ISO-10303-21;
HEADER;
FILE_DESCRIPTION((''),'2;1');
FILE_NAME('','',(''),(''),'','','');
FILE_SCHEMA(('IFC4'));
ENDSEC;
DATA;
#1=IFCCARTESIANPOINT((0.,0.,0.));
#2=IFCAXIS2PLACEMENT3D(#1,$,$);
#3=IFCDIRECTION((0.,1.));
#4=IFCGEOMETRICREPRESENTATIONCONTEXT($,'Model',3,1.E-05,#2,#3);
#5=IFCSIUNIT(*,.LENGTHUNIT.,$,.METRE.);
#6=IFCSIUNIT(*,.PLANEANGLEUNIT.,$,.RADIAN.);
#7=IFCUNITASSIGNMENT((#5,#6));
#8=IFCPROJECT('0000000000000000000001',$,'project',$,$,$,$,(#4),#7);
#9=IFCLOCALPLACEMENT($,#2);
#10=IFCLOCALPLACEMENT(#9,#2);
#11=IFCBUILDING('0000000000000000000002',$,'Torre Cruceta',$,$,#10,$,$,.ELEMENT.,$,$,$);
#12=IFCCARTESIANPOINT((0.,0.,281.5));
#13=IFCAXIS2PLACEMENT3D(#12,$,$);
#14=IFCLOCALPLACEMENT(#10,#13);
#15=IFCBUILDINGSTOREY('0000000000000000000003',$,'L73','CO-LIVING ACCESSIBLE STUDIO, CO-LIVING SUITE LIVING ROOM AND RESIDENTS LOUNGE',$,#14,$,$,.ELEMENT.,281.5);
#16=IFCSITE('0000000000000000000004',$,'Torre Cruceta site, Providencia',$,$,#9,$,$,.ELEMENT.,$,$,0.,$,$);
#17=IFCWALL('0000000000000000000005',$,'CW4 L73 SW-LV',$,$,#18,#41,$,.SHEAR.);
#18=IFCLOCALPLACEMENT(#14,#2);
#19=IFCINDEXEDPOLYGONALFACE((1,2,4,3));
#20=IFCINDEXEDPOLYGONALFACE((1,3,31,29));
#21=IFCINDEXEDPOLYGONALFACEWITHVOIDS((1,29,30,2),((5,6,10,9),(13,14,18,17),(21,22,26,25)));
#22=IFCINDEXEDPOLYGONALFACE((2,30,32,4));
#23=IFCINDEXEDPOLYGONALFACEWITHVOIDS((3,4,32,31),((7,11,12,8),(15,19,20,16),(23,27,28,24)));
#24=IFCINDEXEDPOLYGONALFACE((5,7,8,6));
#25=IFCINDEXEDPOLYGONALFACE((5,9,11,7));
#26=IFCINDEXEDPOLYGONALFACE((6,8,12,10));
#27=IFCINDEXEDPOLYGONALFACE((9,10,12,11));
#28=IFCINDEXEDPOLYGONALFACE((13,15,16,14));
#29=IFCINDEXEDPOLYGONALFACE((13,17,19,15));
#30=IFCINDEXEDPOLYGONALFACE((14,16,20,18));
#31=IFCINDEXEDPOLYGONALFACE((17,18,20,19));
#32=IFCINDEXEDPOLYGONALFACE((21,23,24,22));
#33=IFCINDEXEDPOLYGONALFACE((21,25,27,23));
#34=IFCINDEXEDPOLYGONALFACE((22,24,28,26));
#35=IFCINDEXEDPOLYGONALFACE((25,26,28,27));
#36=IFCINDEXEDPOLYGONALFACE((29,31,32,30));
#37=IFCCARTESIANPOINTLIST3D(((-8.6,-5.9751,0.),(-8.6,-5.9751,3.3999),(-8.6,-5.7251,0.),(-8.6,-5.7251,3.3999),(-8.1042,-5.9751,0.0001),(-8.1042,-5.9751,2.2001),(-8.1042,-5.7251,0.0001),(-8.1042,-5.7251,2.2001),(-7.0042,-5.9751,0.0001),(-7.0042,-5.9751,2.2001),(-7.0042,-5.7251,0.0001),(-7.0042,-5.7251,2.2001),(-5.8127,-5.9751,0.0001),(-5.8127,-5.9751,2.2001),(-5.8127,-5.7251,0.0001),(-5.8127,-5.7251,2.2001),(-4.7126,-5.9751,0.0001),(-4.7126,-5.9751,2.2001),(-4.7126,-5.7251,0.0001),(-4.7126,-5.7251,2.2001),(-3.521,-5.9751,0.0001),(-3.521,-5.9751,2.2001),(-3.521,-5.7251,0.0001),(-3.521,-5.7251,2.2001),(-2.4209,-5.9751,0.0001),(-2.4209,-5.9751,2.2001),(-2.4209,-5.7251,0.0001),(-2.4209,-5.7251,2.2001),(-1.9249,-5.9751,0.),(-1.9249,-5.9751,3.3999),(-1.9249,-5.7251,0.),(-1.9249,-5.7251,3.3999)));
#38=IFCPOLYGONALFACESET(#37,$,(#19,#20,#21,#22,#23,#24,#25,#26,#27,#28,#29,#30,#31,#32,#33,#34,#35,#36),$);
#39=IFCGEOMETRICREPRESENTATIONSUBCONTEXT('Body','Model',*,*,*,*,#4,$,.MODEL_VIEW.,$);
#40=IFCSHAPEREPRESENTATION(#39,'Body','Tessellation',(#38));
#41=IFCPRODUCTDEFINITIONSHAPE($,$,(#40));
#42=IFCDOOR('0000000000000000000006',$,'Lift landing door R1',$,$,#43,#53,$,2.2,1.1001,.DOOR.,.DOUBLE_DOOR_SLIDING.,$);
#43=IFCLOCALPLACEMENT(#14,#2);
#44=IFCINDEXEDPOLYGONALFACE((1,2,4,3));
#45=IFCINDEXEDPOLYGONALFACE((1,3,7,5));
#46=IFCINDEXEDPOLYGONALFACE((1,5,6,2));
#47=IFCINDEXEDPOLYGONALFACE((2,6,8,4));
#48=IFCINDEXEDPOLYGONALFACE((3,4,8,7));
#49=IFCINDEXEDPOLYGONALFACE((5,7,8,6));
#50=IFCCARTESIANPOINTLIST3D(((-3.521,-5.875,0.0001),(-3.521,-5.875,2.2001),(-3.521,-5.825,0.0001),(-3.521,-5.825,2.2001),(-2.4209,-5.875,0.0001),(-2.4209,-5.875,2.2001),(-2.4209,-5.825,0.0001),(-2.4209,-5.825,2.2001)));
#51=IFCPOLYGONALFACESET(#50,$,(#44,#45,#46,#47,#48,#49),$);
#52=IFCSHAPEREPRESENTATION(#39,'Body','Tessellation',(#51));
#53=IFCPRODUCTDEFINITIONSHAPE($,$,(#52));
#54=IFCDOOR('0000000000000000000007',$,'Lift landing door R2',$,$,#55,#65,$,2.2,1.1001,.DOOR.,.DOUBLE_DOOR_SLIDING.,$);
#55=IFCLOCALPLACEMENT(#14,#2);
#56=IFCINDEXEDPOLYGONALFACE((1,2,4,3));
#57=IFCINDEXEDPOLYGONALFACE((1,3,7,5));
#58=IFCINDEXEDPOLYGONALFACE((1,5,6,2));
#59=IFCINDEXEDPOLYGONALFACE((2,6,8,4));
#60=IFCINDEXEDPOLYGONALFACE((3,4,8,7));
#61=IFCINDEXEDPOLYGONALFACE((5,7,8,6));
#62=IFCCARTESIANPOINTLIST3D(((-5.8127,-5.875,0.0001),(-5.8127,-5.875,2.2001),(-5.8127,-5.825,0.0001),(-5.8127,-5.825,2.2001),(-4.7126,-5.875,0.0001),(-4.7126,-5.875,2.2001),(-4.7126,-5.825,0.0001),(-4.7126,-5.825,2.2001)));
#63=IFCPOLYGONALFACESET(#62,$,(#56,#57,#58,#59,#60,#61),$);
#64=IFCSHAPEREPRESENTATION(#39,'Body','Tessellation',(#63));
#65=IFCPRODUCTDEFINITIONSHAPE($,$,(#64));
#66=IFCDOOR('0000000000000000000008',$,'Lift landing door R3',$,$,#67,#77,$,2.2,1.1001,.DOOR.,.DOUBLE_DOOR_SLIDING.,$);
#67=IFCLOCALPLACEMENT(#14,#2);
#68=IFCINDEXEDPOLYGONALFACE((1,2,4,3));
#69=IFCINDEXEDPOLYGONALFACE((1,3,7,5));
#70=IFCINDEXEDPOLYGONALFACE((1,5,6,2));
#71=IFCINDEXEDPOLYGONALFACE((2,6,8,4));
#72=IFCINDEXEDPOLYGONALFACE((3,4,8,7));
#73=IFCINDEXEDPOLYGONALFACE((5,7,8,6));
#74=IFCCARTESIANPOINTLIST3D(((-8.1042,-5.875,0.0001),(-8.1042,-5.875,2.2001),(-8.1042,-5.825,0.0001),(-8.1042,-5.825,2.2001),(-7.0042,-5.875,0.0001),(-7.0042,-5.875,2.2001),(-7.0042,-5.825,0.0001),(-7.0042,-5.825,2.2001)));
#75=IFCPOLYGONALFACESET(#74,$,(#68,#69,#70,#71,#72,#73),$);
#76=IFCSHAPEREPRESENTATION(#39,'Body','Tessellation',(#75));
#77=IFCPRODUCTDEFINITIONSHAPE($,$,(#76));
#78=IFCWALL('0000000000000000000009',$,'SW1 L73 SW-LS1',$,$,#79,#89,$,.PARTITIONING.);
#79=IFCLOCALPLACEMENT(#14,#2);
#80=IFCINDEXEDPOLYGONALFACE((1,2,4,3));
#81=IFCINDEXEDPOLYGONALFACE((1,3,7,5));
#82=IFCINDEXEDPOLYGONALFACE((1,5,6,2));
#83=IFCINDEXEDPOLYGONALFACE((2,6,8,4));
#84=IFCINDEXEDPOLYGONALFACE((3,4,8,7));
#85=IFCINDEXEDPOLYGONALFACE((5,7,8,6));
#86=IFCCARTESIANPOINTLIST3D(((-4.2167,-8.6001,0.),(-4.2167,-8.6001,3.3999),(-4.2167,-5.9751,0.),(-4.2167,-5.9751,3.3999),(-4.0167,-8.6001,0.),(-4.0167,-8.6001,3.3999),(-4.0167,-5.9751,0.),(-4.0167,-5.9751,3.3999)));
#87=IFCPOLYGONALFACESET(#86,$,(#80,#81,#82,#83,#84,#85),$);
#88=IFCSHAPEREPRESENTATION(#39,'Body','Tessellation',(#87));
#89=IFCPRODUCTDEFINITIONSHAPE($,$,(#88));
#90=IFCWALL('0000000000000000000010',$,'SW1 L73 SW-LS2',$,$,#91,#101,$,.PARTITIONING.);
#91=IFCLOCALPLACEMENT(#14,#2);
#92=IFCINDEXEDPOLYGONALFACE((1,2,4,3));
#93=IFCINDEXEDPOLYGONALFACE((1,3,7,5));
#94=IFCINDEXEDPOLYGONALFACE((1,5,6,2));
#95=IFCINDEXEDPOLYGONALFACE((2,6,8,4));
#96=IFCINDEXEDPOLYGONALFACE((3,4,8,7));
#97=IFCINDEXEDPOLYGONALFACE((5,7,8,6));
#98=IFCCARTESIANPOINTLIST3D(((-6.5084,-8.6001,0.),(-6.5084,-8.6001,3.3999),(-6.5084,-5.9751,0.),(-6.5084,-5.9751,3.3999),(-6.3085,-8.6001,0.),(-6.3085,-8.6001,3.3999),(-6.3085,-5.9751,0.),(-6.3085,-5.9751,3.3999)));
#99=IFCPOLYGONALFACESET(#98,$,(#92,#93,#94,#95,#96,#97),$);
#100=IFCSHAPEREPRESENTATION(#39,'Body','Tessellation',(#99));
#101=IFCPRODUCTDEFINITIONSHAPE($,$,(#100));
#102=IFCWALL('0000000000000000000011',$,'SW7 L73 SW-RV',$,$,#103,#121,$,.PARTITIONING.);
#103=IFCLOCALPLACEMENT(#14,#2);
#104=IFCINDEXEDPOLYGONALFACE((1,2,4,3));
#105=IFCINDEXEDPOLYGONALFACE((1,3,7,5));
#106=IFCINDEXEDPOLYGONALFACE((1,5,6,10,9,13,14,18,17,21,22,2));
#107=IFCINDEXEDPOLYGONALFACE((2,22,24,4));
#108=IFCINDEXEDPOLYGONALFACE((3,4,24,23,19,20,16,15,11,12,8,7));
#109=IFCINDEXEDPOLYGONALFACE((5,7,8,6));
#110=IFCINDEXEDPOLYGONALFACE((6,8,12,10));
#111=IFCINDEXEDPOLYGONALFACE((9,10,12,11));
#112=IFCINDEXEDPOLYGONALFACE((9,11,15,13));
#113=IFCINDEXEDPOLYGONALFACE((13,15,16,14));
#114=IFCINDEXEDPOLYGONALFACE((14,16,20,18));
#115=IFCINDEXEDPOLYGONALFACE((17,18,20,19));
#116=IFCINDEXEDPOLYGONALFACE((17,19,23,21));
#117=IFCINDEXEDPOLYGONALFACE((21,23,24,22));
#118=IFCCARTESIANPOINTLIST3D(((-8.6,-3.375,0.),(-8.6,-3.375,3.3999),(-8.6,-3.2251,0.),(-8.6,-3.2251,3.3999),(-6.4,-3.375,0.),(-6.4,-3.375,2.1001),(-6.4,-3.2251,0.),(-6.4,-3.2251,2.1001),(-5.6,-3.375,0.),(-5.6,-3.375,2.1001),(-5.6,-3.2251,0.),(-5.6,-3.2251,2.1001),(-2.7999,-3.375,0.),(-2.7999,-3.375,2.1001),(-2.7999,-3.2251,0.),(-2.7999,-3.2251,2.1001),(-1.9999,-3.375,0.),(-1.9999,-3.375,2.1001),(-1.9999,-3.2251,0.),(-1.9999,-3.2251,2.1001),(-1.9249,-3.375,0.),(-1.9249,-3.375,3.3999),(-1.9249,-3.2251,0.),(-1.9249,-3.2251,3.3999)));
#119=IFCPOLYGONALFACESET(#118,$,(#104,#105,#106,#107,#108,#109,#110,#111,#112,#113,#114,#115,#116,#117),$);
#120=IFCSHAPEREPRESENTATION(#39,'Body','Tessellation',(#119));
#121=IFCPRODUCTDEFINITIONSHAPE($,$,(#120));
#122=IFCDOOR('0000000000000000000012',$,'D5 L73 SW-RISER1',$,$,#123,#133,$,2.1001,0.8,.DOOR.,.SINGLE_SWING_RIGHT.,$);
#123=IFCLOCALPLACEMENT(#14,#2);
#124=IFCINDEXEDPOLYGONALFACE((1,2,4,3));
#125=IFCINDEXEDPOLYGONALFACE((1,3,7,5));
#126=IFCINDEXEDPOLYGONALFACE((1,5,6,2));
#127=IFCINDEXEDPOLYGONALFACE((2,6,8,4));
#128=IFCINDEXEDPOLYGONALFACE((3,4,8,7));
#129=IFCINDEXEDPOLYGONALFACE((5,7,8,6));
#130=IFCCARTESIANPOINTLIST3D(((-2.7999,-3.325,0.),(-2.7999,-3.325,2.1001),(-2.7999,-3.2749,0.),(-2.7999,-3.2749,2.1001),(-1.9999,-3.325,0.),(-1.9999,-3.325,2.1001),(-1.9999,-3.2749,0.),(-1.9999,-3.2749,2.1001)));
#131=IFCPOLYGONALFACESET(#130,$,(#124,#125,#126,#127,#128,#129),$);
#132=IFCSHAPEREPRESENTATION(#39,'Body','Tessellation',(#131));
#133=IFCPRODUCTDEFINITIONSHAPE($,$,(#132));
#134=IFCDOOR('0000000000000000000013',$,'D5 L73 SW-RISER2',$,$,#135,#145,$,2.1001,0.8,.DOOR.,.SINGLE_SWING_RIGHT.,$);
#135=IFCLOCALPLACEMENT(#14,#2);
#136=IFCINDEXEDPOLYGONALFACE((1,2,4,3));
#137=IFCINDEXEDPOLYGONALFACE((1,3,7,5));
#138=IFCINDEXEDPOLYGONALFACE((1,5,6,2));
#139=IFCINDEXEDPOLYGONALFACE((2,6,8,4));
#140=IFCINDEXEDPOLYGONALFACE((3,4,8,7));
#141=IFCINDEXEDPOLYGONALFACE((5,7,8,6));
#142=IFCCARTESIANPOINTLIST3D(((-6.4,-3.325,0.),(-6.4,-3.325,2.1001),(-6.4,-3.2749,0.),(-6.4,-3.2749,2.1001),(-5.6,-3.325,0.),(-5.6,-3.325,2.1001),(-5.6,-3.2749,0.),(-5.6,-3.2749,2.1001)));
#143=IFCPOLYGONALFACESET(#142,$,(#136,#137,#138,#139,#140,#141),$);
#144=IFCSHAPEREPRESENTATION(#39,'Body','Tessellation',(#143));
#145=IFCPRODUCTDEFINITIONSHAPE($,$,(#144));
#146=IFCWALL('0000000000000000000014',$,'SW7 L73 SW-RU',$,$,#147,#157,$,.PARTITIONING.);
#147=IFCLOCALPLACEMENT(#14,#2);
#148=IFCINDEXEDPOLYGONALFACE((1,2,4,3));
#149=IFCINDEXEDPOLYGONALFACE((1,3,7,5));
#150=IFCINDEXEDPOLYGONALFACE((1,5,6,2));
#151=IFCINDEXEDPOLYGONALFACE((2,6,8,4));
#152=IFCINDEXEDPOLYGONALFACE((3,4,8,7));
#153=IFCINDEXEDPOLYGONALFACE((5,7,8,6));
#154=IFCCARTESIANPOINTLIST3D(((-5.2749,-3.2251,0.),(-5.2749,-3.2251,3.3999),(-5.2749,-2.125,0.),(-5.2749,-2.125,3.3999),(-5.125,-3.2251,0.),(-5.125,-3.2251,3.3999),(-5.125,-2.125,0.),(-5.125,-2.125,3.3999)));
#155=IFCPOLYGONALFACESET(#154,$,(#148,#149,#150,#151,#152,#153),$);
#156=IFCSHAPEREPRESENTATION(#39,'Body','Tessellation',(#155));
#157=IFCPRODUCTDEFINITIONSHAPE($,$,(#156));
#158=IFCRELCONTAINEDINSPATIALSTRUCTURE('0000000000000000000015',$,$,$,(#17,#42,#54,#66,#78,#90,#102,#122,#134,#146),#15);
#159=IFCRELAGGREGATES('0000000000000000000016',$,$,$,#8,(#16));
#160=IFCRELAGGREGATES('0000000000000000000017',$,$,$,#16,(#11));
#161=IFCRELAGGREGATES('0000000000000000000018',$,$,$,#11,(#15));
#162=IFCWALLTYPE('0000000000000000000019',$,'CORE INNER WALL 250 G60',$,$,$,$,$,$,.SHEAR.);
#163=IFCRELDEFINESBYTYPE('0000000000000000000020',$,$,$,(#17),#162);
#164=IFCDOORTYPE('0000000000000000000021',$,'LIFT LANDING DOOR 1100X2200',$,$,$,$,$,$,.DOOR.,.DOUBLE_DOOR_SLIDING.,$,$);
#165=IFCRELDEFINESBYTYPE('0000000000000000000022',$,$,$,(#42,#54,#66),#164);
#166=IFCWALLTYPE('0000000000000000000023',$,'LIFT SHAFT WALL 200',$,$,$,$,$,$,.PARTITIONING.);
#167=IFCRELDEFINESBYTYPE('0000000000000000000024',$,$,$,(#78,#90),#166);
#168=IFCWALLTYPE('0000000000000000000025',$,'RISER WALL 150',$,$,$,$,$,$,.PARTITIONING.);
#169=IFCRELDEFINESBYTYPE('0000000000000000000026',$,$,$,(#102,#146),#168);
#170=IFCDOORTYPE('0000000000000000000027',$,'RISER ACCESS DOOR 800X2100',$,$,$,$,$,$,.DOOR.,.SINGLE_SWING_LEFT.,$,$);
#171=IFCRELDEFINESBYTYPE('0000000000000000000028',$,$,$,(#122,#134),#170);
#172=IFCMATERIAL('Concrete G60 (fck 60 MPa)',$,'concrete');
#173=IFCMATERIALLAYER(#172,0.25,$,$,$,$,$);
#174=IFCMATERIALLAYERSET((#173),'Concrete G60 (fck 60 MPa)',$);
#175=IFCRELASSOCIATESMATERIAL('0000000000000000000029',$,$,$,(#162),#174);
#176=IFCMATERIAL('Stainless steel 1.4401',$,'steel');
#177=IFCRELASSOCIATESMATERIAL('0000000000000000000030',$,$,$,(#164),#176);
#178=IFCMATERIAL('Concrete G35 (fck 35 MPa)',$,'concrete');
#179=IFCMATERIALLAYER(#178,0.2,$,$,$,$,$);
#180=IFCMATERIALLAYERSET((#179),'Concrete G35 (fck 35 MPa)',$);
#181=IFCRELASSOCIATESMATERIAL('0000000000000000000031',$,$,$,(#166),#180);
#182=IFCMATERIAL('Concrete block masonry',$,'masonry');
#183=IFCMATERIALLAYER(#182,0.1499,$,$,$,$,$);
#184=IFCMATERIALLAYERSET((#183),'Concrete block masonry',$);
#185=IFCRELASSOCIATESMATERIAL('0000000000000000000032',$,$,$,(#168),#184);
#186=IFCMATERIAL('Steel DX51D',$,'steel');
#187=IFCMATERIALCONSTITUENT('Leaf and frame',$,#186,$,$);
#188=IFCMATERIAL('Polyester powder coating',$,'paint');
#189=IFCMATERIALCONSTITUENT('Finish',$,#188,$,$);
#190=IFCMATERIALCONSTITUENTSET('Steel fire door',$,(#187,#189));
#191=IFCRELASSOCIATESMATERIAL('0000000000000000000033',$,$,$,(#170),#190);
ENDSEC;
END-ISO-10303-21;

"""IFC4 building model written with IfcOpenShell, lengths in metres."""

from ifc_helpers import new_model, si_unit, direction, frame, frame_2d, origin, place, context, subcontext, project, spatial, rectangle, extrude, material, layer, layer_set, constituent, constituent_set, type_object, element, fill, save


model = new_model("IFC4")

# Units and contexts
model_context = context("Model", 3, precision=1e-05, world=origin(), true_north=direction((0.0, 1.0)))
body_context = subcontext(model_context, "Body", "Model", "MODEL_VIEW")
ifc_project = project(units=[si_unit("LENGTHUNIT", "METRE"), si_unit("PLANEANGLEUNIT", "RADIAN")], contexts=[model_context])

# Site, building, storey
site_placement = place(None, origin())
site = spatial("IfcSite", under=ifc_project, at=site_placement, Name="Torre Cruceta site, Providencia", CompositionType="ELEMENT", RefElevation=0.0)
building_placement = place(site_placement, origin())
building = spatial("IfcBuilding", under=site, at=building_placement, Name="Torre Cruceta", CompositionType="ELEMENT")
storey_placement = place(building_placement, frame((0.0, 0.0, 281.5)))
storey = spatial("IfcBuildingStorey", under=building, at=storey_placement, Name="L73", Description="CO-LIVING ACCESSIBLE STUDIO, CO-LIVING SUITE LIVING ROOM AND RESIDENTS LOUNGE", CompositionType="ELEMENT", Elevation=281.5)

# Shared definitions
ifc_material_1 = material(Name="Concrete G60 (fck 60 MPa)", Category="concrete")
ifc_layer_1 = layer(ifc_material_1, 0.25)
ifc_layer_set_1 = layer_set([ifc_layer_1], Name="Concrete G60 (fck 60 MPa)")
wall_type_1 = type_object("IfcWallType", Name="CORE INNER WALL 250 G60", PredefinedType="SHEAR", material=ifc_layer_set_1)

# Wall, openings, doors
wall_1_placement = place(storey_placement, frame((-1.925, -5.8501, 0.0), z_axis=(0.0, 0.0, 1.0), x_axis=(-1.0, 0.0, 0.0)))
wall_1 = element("IfcWall", 1, at=wall_1_placement, inside=storey, type_object=wall_type_1, Name="CW4 L73 SW-LV", PredefinedType="SHEAR", context=body_context, shape_type="SweptSolid", body=[
    extrude(rectangle(XDim=6.675, YDim=0.25, at=frame_2d((3.3374, 0.0))), origin(), (0.0, 0.0, 1.0), 3.3999),
])
opening_1_placement = place(wall_1_placement, frame((0.4958, 0.0, 0.0)))
opening_1 = element("IfcOpeningElement", 2, at=opening_1_placement, cuts=wall_1, PredefinedType="OPENING", context=body_context, shape_type="SweptSolid", body=[
    extrude(rectangle(XDim=1.1001, YDim=2.2, at=frame_2d((0.55, 1.1001))), frame((0.0, 0.135, 0.0), z_axis=(0.0, -1.0, 0.0), x_axis=(1.0, 0.0, 0.0)), (0.0, 0.0, 1.0), 0.27),
])
opening_2_placement = place(wall_1_placement, frame((2.7876, 0.0, 0.0)))
opening_2 = element("IfcOpeningElement", 3, at=opening_2_placement, cuts=wall_1, PredefinedType="OPENING", context=body_context, shape_type="SweptSolid", body=[
    extrude(rectangle(XDim=1.1001, YDim=2.2, at=frame_2d((0.55, 1.1001))), frame((0.0, 0.135, 0.0), z_axis=(0.0, -1.0, 0.0), x_axis=(1.0, 0.0, 0.0)), (0.0, 0.0, 1.0), 0.27),
])
opening_3_placement = place(wall_1_placement, frame((5.0791, 0.0, 0.0)))
opening_3 = element("IfcOpeningElement", 4, at=opening_3_placement, cuts=wall_1, PredefinedType="OPENING", context=body_context, shape_type="SweptSolid", body=[
    extrude(rectangle(XDim=1.1001, YDim=2.2, at=frame_2d((0.55, 1.1001))), frame((0.0, 0.135, 0.0), z_axis=(0.0, -1.0, 0.0), x_axis=(1.0, 0.0, 0.0)), (0.0, 0.0, 1.0), 0.27),
])
ifc_material_2 = material(Name="Stainless steel 1.4401", Category="steel")
door_type_1 = type_object("IfcDoorType", Name="LIFT LANDING DOOR 1100X2200", OperationType="DOUBLE_DOOR_SLIDING", PredefinedType="DOOR", material=ifc_material_2)
door_1_placement = place(opening_1_placement, origin())
door_1 = element("IfcDoor", 5, at=door_1_placement, inside=storey, type_object=door_type_1, Name="Lift landing door R1", OperationType="DOUBLE_DOOR_SLIDING", OverallHeight=2.2, OverallWidth=1.1001, PredefinedType="DOOR", context=body_context, shape_type="SweptSolid", body=[
    extrude(rectangle(XDim=1.1001, YDim=2.2, at=frame_2d((0.55, 1.1001))), frame((0.0, 0.0249, 0.0), z_axis=(0.0, -1.0, 0.0), x_axis=(1.0, 0.0, 0.0)), (0.0, 0.0, 1.0), 0.05),
])
fill(opening_1, door_1)
door_2_placement = place(opening_2_placement, origin())
door_2 = element("IfcDoor", 6, at=door_2_placement, inside=storey, type_object=door_type_1, Name="Lift landing door R2", OperationType="DOUBLE_DOOR_SLIDING", OverallHeight=2.2, OverallWidth=1.1001, PredefinedType="DOOR", context=body_context, shape_type="SweptSolid", body=[
    extrude(rectangle(XDim=1.1001, YDim=2.2, at=frame_2d((0.55, 1.1001))), frame((0.0, 0.0249, 0.0), z_axis=(0.0, -1.0, 0.0), x_axis=(1.0, 0.0, 0.0)), (0.0, 0.0, 1.0), 0.05),
])
fill(opening_2, door_2)
door_3_placement = place(opening_3_placement, origin())
door_3 = element("IfcDoor", 7, at=door_3_placement, inside=storey, type_object=door_type_1, Name="Lift landing door R3", OperationType="DOUBLE_DOOR_SLIDING", OverallHeight=2.2, OverallWidth=1.1001, PredefinedType="DOOR", context=body_context, shape_type="SweptSolid", body=[
    extrude(rectangle(XDim=1.1001, YDim=2.2, at=frame_2d((0.55, 1.1001))), frame((0.0, 0.0249, 0.0), z_axis=(0.0, -1.0, 0.0), x_axis=(1.0, 0.0, 0.0)), (0.0, 0.0, 1.0), 0.05),
])
fill(opening_3, door_3)

# Walls
ifc_material_3 = material(Name="Concrete G35 (fck 35 MPa)", Category="concrete")
ifc_layer_2 = layer(ifc_material_3, 0.2)
ifc_layer_set_2 = layer_set([ifc_layer_2], Name="Concrete G35 (fck 35 MPa)")
wall_type_2 = type_object("IfcWallType", Name="LIFT SHAFT WALL 200", PredefinedType="PARTITIONING", material=ifc_layer_set_2)
for number, where, z_axis, x_axis, name in (
    (8, (-4.1167, -5.9751, 0.0), (0.0, 0.0, 1.0), (0.0, -1.0, 0.0), "SW1 L73 SW-LS1"),
    (9, (-6.4084, -5.9751, 0.0), (0.0, 0.0, 1.0), (0.0, -1.0, 0.0), "SW1 L73 SW-LS2"),
):
    element("IfcWall", number, at=place(storey_placement, frame(where, z_axis=z_axis, x_axis=x_axis)), inside=storey, type_object=wall_type_2, Name=name, PredefinedType="PARTITIONING", context=body_context, shape_type="SweptSolid", body=[
        extrude(rectangle(XDim=2.625, YDim=0.2, at=frame_2d((1.3125, 0.0))), origin(), (0.0, 0.0, 1.0), 3.3999),
    ])

# Wall, openings, doors
ifc_material_4 = material(Name="Concrete block masonry", Category="masonry")
ifc_layer_3 = layer(ifc_material_4, 0.1499)
ifc_layer_set_3 = layer_set([ifc_layer_3], Name="Concrete block masonry")
wall_type_3 = type_object("IfcWallType", Name="RISER WALL 150", PredefinedType="PARTITIONING", material=ifc_layer_set_3)
wall_2_placement = place(storey_placement, frame((-1.925, -3.3, 0.0), z_axis=(0.0, 0.0, 1.0), x_axis=(-1.0, 0.0, 0.0)))
wall_2 = element("IfcWall", 10, at=wall_2_placement, inside=storey, type_object=wall_type_3, Name="SW7 L73 SW-RV", PredefinedType="PARTITIONING", context=body_context, shape_type="SweptSolid", body=[
    extrude(rectangle(XDim=6.675, YDim=0.1499, at=frame_2d((3.3374, 0.0))), origin(), (0.0, 0.0, 1.0), 3.3999),
])
opening_4_placement = place(wall_2_placement, frame((0.075, 0.0, 0.0)))
opening_4 = element("IfcOpeningElement", 11, at=opening_4_placement, cuts=wall_2, PredefinedType="OPENING", context=body_context, shape_type="SweptSolid", body=[
    extrude(rectangle(XDim=0.8, YDim=2.1001, at=frame_2d((0.3999, 1.05))), frame((0.0, 0.085, 0.0), z_axis=(0.0, -1.0, 0.0), x_axis=(1.0, 0.0, 0.0)), (0.0, 0.0, 1.0), 0.1699),
])
opening_5_placement = place(wall_2_placement, frame((3.675, 0.0, 0.0)))
opening_5 = element("IfcOpeningElement", 12, at=opening_5_placement, cuts=wall_2, PredefinedType="OPENING", context=body_context, shape_type="SweptSolid", body=[
    extrude(rectangle(XDim=0.8, YDim=2.1001, at=frame_2d((0.3999, 1.05))), frame((0.0, 0.085, 0.0), z_axis=(0.0, -1.0, 0.0), x_axis=(1.0, 0.0, 0.0)), (0.0, 0.0, 1.0), 0.1699),
])
ifc_material_5 = material(Name="Steel DX51D", Category="steel")
ifc_constituent_1 = constituent(ifc_material_5, Name="Leaf and frame")
ifc_material_6 = material(Name="Polyester powder coating", Category="paint")
ifc_constituent_2 = constituent(ifc_material_6, Name="Finish")
ifc_constituent_set_1 = constituent_set(constituents=[ifc_constituent_1, ifc_constituent_2], Name="Steel fire door")
door_type_2 = type_object("IfcDoorType", Name="RISER ACCESS DOOR 800X2100", OperationType="SINGLE_SWING_LEFT", PredefinedType="DOOR", material=ifc_constituent_set_1)
door_4_placement = place(opening_4_placement, frame((0.8, 0.0, 0.0), z_axis=(0.0, 0.0, 1.0), x_axis=(-1.0, 0.0, 0.0)))
door_4 = element("IfcDoor", 13, at=door_4_placement, inside=storey, type_object=door_type_2, Name="D5 L73 SW-RISER1", OperationType="SINGLE_SWING_RIGHT", OverallHeight=2.1001, OverallWidth=0.8, PredefinedType="DOOR", context=body_context, shape_type="SweptSolid", body=[
    extrude(rectangle(XDim=0.8, YDim=2.1001, at=frame_2d((0.4001, 1.05))), frame((0.0, 0.0251, 0.0), z_axis=(0.0, -1.0, 0.0), x_axis=(1.0, 0.0, 0.0)), (0.0, 0.0, 1.0), 0.05),
])
fill(opening_4, door_4)
door_5_placement = place(opening_5_placement, frame((0.8, 0.0, 0.0), z_axis=(0.0, 0.0, 1.0), x_axis=(-1.0, 0.0, 0.0)))
door_5 = element("IfcDoor", 14, at=door_5_placement, inside=storey, type_object=door_type_2, Name="D5 L73 SW-RISER2", OperationType="SINGLE_SWING_RIGHT", OverallHeight=2.1001, OverallWidth=0.8, PredefinedType="DOOR", context=body_context, shape_type="SweptSolid", body=[
    extrude(rectangle(XDim=0.8, YDim=2.1001, at=frame_2d((0.4001, 1.05))), frame((0.0, 0.0251, 0.0), z_axis=(0.0, -1.0, 0.0), x_axis=(1.0, 0.0, 0.0)), (0.0, 0.0, 1.0), 0.05),
])
fill(opening_5, door_5)

# Wall
wall_3_placement = place(storey_placement, frame((-5.2, -2.125, 0.0), z_axis=(0.0, 0.0, 1.0), x_axis=(0.0, -1.0, 0.0)))
element("IfcWall", 15, at=wall_3_placement, inside=storey, type_object=wall_type_3, Name="SW7 L73 SW-RU", PredefinedType="PARTITIONING", context=body_context, shape_type="SweptSolid", body=[
    extrude(rectangle(XDim=1.1001, YDim=0.1499, at=frame_2d((0.55, 0.0))), origin(), (0.0, 0.0, 1.0), 3.3999),
])

save(model, "model.ifc")
